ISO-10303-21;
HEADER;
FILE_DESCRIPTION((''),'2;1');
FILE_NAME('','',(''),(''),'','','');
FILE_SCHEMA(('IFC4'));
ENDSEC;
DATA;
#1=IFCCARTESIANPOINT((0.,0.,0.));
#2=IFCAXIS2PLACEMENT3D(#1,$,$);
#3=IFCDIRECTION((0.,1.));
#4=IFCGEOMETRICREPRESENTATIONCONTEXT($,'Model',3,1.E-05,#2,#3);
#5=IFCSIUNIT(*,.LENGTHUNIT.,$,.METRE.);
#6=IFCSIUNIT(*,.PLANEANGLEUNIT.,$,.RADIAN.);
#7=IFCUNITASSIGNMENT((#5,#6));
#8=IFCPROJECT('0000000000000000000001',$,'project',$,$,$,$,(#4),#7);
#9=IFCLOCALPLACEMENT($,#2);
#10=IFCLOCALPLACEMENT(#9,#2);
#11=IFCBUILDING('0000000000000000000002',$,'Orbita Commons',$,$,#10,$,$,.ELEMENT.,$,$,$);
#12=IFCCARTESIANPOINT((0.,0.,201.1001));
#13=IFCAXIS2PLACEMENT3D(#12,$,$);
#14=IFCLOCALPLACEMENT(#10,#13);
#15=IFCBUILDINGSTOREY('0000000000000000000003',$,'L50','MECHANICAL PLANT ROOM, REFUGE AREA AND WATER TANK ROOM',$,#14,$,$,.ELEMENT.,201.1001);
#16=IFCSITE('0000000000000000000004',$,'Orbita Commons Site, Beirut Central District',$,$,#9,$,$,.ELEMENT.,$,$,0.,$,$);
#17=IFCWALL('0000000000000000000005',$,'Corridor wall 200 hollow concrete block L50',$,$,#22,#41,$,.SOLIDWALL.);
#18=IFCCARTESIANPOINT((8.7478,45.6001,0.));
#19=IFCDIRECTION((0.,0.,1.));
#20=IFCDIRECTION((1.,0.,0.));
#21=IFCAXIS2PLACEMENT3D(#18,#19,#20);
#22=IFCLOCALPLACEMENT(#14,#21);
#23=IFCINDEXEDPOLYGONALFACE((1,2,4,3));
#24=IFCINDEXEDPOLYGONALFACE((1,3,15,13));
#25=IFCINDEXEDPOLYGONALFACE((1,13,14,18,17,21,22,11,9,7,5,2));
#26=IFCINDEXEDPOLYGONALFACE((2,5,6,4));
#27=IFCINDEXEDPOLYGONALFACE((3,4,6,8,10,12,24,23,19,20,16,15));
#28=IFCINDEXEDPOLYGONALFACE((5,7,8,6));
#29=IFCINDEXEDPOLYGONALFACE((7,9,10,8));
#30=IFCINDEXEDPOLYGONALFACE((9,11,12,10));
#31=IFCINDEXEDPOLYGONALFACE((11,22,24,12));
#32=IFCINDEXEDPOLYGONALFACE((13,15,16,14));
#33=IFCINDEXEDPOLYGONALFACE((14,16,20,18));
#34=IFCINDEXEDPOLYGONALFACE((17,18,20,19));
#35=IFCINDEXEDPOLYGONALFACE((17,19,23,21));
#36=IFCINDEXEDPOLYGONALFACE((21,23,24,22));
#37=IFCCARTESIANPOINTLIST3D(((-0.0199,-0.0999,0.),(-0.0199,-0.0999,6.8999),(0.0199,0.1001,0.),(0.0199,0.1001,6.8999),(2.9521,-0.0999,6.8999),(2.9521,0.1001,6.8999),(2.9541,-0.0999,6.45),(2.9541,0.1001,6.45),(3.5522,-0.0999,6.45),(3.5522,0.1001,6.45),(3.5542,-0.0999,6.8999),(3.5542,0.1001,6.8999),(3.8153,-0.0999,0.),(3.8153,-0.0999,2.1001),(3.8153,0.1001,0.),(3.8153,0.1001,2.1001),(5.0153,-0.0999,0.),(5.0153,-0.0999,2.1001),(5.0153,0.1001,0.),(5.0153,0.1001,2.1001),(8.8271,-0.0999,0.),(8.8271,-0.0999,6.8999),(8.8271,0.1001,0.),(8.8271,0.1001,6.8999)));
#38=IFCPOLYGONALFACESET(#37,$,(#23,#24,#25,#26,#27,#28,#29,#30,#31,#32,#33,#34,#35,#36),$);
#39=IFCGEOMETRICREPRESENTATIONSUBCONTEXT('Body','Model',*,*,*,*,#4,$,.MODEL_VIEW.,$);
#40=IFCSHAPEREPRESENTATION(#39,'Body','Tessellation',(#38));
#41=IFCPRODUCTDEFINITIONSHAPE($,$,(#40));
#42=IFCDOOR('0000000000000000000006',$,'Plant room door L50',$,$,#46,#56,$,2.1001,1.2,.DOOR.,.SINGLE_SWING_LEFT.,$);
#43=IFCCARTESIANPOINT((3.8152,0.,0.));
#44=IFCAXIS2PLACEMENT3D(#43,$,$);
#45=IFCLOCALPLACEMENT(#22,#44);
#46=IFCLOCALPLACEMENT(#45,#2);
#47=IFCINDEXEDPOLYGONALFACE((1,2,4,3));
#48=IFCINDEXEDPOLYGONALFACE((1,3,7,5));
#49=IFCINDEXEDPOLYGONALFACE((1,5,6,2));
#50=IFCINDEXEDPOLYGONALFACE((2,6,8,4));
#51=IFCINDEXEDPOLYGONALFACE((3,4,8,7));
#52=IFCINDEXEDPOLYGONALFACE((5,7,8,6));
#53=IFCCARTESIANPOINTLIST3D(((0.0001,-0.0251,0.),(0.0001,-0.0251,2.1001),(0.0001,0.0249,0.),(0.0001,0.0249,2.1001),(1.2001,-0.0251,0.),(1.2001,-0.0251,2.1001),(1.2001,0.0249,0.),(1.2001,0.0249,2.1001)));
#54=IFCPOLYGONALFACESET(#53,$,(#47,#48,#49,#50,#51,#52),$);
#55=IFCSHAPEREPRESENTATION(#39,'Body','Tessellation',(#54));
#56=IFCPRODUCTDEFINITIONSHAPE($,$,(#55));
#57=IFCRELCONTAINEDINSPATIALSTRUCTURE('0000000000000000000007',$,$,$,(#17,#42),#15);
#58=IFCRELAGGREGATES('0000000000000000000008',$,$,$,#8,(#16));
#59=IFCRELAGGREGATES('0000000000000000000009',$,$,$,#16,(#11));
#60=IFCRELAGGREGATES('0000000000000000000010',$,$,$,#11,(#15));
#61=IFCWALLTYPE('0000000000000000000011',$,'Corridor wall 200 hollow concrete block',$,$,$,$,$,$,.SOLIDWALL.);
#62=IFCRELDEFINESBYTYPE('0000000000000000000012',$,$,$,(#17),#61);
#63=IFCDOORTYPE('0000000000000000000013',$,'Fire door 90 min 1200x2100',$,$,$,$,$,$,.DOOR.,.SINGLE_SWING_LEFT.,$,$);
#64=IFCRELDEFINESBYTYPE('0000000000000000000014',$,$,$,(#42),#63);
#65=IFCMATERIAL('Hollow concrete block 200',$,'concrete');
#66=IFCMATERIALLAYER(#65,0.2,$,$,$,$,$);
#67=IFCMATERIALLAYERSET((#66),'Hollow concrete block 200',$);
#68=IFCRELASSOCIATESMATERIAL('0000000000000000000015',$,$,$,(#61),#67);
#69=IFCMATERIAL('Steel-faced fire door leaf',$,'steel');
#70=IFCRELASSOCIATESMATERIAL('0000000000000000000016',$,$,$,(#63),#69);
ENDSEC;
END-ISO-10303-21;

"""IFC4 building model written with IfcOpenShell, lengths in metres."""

from ifc_helpers import new_model, si_unit, direction, frame, frame_2d, origin, place, context, subcontext, project, spatial, polyline, rectangle, outline, extrude, clip, halfspace, material, layer, layer_set, type_object, element, fill, save


model = new_model("IFC4")

# Units and contexts
model_context = context("Model", 3, precision=1e-05, world=origin(), true_north=direction((0.0, 1.0)))
body_context = subcontext(model_context, "Body", "Model", "MODEL_VIEW")
ifc_project = project(units=[si_unit("LENGTHUNIT", "METRE"), si_unit("PLANEANGLEUNIT", "RADIAN")], contexts=[model_context])

# Site, building, storey
site_placement = place(None, origin())
site = spatial("IfcSite", under=ifc_project, at=site_placement, Name="Orbita Commons Site, Beirut Central District", CompositionType="ELEMENT", RefElevation=0.0)
building_placement = place(site_placement, origin())
building = spatial("IfcBuilding", under=site, at=building_placement, Name="Orbita Commons", CompositionType="ELEMENT")
storey_placement = place(building_placement, frame((0.0, 0.0, 201.1001)))
storey = spatial("IfcBuildingStorey", under=building, at=storey_placement, Name="L50", Description="MECHANICAL PLANT ROOM, REFUGE AREA AND WATER TANK ROOM", CompositionType="ELEMENT", Elevation=201.1001)

# Wall, opening, door
ifc_material_1 = material(Name="Hollow concrete block 200", Category="concrete")
ifc_layer_1 = layer(ifc_material_1, 0.2)
ifc_layer_set_1 = layer_set([ifc_layer_1], Name="Hollow concrete block 200")
wall_type_1 = type_object("IfcWallType", Name="Corridor wall 200 hollow concrete block", PredefinedType="SOLIDWALL", material=ifc_layer_set_1)
wall_1_placement = place(storey_placement, frame((8.7478, 45.6001, 0.0), z_axis=(0.0, 0.0, 1.0), x_axis=(1.0, 0.0, 0.0)))
wall_1 = element("IfcWall", 1, at=wall_1_placement, inside=storey, type_object=wall_type_1, Name="Corridor wall 200 hollow concrete block L50", PredefinedType="SOLIDWALL", context=body_context, shape_type="Clipping", body=[
    clip(clip(extrude(outline(polyline([(-0.0298, 0.0), (8.8569, 0.0), (8.8569, 6.8999), (3.5542, 6.8999), (3.5522, 6.45), (2.9541, 6.45), (2.9521, 6.8999), (-0.0298, 6.8999), (-0.0298, 0.0)])), frame((0.0, 0.1001, 0.0), z_axis=(0.0, -1.0, 0.0), x_axis=(1.0, 0.0, 0.0)), (0.0, 0.0, 1.0), 0.2), halfspace(frame((0.0, 0.0, 0.0), z_axis=(-0.980788, 0.195079, 0.0)), False)), halfspace(frame((8.8271, 0.0, 0.0), z_axis=(1.0, 0.0, 0.0)), False)),
])
opening_1_placement = place(wall_1_placement, frame((3.8152, 0.0, 0.0)))
opening_1 = element("IfcOpeningElement", 2, at=opening_1_placement, cuts=wall_1, PredefinedType="OPENING", context=body_context, shape_type="SweptSolid", body=[
    extrude(rectangle(XDim=1.2, YDim=2.1001, at=frame_2d((0.6001, 1.05))), frame((0.0, 0.1099, 0.0), z_axis=(0.0, -1.0, 0.0), x_axis=(1.0, 0.0, 0.0)), (0.0, 0.0, 1.0), 0.22),
])
ifc_material_2 = material(Name="Steel-faced fire door leaf", Category="steel")
door_type = type_object("IfcDoorType", Name="Fire door 90 min 1200x2100", OperationType="SINGLE_SWING_LEFT", PredefinedType="DOOR", material=ifc_material_2)
door_1_placement = place(opening_1_placement, origin())
door_1 = element("IfcDoor", 3, at=door_1_placement, inside=storey, type_object=door_type, Name="Plant room door L50", OperationType="SINGLE_SWING_LEFT", OverallHeight=2.1001, OverallWidth=1.2, PredefinedType="DOOR", context=body_context, shape_type="SweptSolid", body=[
    extrude(rectangle(XDim=1.2, YDim=2.1001, at=frame_2d((0.6001, 1.05))), frame((0.0, 0.0249, 0.0), z_axis=(0.0, -1.0, 0.0), x_axis=(1.0, 0.0, 0.0)), (0.0, 0.0, 1.0), 0.05),
])
fill(opening_1, door_1)

save(model, "model.ifc")
